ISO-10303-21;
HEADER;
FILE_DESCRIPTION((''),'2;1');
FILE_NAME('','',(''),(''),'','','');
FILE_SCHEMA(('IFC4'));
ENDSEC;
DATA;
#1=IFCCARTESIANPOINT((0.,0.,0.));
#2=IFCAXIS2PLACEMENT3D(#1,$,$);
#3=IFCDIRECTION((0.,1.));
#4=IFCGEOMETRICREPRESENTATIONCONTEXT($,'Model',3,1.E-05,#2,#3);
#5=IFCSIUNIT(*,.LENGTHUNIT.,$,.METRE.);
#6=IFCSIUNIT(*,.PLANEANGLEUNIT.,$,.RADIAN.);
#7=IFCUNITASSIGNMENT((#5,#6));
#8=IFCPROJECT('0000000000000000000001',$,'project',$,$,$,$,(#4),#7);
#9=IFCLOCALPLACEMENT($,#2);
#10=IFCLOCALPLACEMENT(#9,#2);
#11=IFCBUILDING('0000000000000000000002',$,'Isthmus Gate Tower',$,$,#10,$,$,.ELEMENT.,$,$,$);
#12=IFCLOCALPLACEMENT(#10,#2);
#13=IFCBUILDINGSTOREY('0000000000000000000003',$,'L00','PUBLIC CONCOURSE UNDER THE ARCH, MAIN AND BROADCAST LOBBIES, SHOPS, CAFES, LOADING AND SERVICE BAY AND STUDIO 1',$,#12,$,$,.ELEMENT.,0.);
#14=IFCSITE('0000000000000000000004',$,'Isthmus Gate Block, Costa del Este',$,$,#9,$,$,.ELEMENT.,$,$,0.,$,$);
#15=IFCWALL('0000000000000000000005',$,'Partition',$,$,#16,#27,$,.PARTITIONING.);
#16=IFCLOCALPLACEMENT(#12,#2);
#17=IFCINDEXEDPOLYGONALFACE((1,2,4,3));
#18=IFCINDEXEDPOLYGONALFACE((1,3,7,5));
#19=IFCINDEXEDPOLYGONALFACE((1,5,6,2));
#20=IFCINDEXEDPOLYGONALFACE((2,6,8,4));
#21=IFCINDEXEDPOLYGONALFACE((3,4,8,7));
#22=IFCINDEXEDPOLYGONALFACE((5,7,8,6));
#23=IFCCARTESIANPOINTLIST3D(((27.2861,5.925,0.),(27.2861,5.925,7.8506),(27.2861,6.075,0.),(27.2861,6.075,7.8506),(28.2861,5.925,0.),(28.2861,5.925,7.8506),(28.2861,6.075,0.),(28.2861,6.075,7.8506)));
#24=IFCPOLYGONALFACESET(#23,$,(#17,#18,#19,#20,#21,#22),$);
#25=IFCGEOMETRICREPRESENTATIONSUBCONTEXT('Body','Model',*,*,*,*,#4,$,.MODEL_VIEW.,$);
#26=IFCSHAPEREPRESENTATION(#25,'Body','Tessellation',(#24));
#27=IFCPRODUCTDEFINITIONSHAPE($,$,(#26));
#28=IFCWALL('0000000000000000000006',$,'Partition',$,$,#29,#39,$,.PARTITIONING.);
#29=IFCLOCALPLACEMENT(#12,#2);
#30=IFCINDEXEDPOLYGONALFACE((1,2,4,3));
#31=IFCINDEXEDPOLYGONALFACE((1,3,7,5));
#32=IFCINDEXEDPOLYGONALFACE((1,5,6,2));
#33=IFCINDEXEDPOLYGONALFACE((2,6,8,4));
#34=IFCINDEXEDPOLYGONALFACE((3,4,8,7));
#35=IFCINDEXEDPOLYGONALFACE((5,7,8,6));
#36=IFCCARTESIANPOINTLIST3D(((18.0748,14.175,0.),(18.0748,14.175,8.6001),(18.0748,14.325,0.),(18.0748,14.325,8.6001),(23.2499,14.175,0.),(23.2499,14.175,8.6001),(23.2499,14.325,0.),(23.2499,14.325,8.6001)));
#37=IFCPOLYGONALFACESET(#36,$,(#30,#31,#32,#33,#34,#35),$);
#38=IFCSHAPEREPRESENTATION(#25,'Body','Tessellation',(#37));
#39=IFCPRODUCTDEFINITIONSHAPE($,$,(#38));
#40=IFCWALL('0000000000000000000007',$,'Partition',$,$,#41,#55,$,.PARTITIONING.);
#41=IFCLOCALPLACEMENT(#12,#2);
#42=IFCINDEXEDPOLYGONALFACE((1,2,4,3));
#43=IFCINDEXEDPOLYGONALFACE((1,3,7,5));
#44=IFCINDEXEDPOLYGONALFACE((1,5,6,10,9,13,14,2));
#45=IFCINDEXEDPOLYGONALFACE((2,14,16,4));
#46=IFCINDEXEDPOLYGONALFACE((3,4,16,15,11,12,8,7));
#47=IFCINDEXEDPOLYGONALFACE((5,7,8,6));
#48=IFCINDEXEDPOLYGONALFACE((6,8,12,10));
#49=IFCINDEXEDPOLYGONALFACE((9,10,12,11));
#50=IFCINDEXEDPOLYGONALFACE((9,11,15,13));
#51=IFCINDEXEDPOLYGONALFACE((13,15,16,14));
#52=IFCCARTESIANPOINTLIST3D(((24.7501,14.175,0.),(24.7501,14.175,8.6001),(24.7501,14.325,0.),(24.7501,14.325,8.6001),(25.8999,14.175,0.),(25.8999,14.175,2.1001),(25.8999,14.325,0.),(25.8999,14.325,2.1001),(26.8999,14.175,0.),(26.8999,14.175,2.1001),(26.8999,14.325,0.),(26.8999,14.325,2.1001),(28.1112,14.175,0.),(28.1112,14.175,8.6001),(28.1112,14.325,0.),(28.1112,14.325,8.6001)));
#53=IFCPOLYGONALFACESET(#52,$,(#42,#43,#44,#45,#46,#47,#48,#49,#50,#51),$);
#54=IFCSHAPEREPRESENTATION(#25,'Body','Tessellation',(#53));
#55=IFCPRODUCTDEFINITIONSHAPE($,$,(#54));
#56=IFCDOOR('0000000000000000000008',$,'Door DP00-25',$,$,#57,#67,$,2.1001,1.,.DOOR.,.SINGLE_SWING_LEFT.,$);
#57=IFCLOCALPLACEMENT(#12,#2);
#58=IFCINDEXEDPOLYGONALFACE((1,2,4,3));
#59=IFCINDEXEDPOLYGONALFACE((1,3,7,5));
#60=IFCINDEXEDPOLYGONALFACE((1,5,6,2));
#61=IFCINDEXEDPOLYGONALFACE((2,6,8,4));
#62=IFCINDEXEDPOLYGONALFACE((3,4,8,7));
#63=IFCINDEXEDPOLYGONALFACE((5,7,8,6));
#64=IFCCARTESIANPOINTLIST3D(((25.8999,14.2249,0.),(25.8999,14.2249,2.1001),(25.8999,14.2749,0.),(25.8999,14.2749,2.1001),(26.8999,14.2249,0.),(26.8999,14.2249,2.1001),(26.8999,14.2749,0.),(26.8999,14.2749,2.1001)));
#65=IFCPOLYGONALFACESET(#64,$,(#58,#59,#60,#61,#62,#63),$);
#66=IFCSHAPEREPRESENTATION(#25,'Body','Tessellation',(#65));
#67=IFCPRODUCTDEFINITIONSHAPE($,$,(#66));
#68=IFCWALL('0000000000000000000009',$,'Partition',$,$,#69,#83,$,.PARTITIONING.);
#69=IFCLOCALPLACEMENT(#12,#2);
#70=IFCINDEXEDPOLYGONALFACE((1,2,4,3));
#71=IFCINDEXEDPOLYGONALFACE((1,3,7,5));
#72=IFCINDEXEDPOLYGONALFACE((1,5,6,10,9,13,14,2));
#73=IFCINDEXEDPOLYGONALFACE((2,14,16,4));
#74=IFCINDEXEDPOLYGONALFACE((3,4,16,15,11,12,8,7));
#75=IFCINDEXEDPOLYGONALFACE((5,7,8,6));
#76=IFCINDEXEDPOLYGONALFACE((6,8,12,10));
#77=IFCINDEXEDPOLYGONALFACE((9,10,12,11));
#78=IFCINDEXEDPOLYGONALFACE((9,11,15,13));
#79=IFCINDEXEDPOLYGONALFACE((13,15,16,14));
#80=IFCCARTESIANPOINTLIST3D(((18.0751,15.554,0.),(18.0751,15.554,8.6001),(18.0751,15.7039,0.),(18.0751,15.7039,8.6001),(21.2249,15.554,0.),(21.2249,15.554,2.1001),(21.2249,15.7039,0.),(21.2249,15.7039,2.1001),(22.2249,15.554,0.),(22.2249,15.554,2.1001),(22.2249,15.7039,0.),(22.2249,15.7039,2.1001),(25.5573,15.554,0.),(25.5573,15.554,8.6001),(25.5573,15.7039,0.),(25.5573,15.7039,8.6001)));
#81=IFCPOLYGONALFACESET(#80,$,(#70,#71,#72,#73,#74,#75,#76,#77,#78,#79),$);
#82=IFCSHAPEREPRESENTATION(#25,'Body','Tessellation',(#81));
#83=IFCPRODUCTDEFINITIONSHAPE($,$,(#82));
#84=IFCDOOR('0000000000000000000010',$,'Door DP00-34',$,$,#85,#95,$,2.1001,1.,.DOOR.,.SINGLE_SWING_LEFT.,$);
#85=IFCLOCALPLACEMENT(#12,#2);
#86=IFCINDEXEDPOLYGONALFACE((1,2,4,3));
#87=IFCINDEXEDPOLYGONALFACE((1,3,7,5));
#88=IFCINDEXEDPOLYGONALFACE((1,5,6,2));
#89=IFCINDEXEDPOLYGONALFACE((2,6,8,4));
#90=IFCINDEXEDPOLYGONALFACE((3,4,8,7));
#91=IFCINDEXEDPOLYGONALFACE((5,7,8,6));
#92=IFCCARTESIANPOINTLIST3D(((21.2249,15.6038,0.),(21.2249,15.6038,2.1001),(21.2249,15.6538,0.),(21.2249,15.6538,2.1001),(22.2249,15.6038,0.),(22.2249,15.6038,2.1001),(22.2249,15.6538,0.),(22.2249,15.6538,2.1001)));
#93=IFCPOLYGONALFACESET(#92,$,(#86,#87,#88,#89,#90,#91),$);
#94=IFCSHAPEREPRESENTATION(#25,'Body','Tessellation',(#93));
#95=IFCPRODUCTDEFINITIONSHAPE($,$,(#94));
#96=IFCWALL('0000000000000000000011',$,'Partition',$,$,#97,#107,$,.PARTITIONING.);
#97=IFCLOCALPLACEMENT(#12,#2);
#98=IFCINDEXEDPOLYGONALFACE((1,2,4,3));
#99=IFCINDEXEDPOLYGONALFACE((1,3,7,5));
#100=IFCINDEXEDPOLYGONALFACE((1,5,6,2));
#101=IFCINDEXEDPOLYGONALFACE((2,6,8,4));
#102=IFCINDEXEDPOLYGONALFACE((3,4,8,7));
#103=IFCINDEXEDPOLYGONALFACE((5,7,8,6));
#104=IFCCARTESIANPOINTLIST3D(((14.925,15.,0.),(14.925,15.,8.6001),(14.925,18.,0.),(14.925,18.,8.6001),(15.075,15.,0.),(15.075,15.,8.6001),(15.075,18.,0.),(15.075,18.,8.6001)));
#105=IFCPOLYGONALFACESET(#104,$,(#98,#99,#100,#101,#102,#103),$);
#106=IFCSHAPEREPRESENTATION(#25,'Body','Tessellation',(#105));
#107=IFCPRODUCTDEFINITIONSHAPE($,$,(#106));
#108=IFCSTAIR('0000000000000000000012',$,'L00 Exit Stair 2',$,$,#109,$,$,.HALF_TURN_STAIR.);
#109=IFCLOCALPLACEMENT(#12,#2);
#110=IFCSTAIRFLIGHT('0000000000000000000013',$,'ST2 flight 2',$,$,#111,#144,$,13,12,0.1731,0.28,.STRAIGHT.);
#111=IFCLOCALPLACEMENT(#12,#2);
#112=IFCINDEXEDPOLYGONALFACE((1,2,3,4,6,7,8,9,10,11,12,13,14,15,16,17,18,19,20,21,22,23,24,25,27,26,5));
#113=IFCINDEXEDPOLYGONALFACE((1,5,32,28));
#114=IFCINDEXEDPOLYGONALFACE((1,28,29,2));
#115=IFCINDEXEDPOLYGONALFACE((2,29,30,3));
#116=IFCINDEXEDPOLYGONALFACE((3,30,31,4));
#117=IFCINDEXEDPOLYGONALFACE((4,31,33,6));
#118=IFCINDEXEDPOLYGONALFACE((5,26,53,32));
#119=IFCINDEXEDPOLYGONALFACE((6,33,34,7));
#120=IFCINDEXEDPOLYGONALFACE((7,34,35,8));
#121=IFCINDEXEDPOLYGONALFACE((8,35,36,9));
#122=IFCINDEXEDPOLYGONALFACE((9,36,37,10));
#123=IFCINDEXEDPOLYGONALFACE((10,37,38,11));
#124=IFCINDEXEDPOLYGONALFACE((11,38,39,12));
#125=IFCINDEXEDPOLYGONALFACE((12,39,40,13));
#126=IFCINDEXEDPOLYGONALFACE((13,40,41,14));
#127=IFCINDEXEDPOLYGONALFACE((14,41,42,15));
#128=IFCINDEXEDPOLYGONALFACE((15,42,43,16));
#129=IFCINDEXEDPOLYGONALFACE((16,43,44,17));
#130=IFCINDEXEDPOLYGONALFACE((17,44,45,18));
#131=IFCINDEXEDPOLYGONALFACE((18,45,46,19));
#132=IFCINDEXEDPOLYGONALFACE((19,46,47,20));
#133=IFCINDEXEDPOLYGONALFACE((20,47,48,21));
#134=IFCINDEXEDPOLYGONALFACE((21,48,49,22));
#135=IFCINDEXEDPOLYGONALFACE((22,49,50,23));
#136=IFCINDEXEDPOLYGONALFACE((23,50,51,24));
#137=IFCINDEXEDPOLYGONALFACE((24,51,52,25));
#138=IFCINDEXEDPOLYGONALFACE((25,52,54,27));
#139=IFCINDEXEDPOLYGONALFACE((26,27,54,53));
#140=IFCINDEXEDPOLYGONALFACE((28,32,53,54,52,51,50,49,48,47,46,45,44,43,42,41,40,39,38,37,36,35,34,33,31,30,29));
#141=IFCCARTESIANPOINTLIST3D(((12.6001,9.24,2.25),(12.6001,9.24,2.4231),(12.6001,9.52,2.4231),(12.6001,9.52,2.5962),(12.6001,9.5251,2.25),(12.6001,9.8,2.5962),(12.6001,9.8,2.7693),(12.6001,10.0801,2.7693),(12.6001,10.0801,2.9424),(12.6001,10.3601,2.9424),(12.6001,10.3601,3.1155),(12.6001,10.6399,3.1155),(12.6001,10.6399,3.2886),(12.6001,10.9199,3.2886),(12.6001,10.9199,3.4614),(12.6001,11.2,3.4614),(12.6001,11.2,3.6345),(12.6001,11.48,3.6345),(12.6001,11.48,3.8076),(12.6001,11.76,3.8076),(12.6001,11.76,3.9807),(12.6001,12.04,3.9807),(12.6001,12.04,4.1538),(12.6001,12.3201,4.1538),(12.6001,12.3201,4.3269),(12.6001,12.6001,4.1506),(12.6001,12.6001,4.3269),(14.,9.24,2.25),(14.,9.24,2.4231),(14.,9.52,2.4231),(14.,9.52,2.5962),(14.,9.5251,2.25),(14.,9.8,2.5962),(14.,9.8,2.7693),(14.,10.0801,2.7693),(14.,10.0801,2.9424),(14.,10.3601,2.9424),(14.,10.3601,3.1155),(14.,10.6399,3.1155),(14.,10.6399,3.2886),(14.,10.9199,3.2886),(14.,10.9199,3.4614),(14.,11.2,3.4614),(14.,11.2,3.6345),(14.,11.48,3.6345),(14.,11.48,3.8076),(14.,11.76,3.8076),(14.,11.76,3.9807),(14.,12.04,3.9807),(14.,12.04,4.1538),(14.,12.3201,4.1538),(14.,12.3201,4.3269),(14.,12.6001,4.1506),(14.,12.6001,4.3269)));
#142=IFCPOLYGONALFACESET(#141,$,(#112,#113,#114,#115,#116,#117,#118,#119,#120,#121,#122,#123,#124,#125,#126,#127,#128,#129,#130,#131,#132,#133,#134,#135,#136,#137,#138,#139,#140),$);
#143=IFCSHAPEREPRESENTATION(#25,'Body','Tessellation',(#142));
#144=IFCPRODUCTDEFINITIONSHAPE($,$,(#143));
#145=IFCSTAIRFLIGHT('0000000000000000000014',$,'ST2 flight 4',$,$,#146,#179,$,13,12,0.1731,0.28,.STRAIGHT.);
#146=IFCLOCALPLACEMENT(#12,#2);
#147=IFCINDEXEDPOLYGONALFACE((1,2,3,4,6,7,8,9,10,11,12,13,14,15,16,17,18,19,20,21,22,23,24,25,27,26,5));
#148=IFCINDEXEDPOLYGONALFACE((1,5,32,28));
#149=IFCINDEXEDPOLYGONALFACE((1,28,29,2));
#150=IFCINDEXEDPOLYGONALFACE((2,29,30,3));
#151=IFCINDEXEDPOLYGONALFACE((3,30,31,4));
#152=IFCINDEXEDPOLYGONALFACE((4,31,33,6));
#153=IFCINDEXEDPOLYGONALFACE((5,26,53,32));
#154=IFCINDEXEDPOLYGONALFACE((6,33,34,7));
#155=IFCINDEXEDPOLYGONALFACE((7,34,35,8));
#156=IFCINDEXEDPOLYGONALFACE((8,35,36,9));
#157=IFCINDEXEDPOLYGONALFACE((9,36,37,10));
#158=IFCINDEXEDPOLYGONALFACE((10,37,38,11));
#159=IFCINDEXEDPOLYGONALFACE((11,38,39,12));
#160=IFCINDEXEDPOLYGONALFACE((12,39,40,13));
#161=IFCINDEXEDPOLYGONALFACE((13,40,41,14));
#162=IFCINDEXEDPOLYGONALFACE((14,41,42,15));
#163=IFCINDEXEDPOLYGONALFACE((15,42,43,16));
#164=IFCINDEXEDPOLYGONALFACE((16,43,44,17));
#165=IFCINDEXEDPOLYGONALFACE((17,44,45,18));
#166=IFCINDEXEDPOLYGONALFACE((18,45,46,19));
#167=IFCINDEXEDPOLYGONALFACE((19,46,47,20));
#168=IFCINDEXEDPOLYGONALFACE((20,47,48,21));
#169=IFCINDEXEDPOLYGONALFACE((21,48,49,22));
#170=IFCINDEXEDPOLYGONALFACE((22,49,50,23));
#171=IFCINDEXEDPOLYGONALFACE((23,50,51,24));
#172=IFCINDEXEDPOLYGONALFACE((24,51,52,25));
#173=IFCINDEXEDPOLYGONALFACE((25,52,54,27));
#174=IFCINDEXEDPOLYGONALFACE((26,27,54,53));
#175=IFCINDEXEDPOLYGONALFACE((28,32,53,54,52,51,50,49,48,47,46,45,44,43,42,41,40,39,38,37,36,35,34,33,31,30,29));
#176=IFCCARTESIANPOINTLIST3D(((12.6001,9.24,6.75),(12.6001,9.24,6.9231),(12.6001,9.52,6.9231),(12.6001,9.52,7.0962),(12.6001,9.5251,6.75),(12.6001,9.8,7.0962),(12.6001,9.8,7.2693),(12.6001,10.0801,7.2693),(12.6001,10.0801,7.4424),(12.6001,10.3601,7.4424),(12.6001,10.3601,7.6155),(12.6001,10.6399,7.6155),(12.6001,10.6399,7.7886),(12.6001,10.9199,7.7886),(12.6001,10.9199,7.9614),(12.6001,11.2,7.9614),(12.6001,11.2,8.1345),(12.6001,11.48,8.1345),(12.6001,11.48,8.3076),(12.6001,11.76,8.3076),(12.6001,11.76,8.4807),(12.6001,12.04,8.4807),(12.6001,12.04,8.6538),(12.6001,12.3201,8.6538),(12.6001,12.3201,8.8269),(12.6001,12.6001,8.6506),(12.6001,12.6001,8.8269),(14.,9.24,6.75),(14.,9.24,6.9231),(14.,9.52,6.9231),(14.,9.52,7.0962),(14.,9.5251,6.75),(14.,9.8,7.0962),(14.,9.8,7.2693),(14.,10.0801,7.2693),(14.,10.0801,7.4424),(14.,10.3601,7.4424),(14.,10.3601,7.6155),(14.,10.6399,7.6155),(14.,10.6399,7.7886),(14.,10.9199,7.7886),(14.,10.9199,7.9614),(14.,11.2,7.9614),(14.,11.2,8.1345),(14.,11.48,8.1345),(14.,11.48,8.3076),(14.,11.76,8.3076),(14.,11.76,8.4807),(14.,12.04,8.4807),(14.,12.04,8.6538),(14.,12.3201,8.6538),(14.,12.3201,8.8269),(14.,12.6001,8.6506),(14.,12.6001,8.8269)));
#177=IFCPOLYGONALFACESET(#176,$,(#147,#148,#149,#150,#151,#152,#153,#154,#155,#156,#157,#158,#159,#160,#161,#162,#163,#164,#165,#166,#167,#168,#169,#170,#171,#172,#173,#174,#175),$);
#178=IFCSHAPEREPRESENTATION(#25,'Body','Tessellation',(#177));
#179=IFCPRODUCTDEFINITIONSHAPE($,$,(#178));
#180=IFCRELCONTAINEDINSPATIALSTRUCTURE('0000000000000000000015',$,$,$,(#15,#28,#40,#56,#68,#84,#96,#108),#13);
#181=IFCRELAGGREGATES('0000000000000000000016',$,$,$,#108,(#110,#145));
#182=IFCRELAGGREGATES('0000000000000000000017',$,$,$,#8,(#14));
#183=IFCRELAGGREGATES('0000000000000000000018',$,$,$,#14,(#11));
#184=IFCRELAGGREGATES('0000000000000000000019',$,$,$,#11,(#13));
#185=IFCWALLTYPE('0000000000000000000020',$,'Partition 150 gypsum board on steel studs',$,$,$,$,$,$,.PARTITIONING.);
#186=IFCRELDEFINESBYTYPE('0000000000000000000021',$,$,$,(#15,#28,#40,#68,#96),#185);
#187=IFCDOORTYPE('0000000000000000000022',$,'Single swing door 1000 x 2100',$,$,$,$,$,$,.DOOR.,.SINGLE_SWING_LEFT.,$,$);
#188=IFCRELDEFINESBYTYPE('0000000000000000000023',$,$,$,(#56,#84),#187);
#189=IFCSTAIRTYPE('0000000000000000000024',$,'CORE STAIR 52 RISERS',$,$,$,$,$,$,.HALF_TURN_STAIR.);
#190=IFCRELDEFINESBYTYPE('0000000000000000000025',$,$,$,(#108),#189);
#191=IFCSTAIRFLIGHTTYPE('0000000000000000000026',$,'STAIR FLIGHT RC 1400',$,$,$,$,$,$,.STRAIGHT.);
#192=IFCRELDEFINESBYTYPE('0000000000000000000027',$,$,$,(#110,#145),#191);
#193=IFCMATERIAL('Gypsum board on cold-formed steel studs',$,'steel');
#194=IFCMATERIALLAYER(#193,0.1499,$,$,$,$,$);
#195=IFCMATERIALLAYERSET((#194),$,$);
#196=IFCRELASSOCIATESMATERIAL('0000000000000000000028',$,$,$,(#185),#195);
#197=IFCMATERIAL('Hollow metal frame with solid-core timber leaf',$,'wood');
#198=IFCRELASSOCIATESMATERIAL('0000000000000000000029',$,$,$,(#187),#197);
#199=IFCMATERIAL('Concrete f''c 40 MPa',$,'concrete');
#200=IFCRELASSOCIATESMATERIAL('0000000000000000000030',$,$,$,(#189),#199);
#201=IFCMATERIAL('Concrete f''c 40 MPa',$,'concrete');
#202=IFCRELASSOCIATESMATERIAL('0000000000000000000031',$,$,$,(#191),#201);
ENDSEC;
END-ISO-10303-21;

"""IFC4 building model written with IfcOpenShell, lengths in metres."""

from ifc_helpers import new_model, si_unit, direction, frame, frame_2d, origin, place, context, subcontext, project, spatial, polyline, rectangle, outline, extrude, material, layer, layer_set, type_object, element, fill, aggregate, save


model = new_model("IFC4")

# Units and contexts
model_context = context("Model", 3, precision=1e-05, world=origin(), true_north=direction((0.0, 1.0)))
body_context = subcontext(model_context, "Body", "Model", "MODEL_VIEW")
ifc_project = project(units=[si_unit("LENGTHUNIT", "METRE"), si_unit("PLANEANGLEUNIT", "RADIAN")], contexts=[model_context])

# Site, building, storey
site_placement = place(None, origin())
site = spatial("IfcSite", under=ifc_project, at=site_placement, Name="Isthmus Gate Block, Costa del Este", CompositionType="ELEMENT", RefElevation=0.0)
building_placement = place(site_placement, origin())
building = spatial("IfcBuilding", under=site, at=building_placement, Name="Isthmus Gate Tower", CompositionType="ELEMENT")
storey_placement = place(building_placement, origin())
storey = spatial("IfcBuildingStorey", under=building, at=storey_placement, Name="L00", Description="PUBLIC CONCOURSE UNDER THE ARCH, MAIN AND BROADCAST LOBBIES, SHOPS, CAFES, LOADING AND SERVICE BAY AND STUDIO 1", CompositionType="ELEMENT", Elevation=0.0)

# Walls
ifc_material_1 = material(Name="Gypsum board on cold-formed steel studs", Category="steel")
ifc_layer_1 = layer(ifc_material_1, 0.1499)
ifc_layer_set_1 = layer_set([ifc_layer_1])
wall_type_1 = type_object("IfcWallType", Name="Partition 150 gypsum board on steel studs", PredefinedType="PARTITIONING", material=ifc_layer_set_1)
wall_1_placement = place(storey_placement, frame((27.2861, 6.0, 0.0), z_axis=(0.0, 0.0, 1.0), x_axis=(1.0, 0.0, 0.0)))
element("IfcWall", 1, at=wall_1_placement, inside=storey, type_object=wall_type_1, Name="Partition", PredefinedType="PARTITIONING", context=body_context, shape_type="SweptSolid", body=[
    extrude(rectangle(XDim=1.0, YDim=0.1499, at=frame_2d((0.5, 0.0))), origin(), (0.0, 0.0, 1.0), 7.8506),
])
wall_2_placement = place(storey_placement, frame((18.075, 14.25, 0.0), z_axis=(0.0, 0.0, 1.0), x_axis=(1.0, 0.0, 0.0)))
element("IfcWall", 2, at=wall_2_placement, inside=storey, type_object=wall_type_1, Name="Partition", PredefinedType="PARTITIONING", context=body_context, shape_type="SweptSolid", body=[
    extrude(rectangle(XDim=5.175, YDim=0.1499, at=frame_2d((2.5874, 0.0))), origin(), (0.0, 0.0, 1.0), 8.6001),
])

# Walls, openings, doors
wall_3_placement = place(storey_placement, frame((24.75, 14.25, 0.0), z_axis=(0.0, 0.0, 1.0), x_axis=(1.0, 0.0, 0.0)))
wall_3 = element("IfcWall", 3, at=wall_3_placement, inside=storey, type_object=wall_type_1, Name="Partition", PredefinedType="PARTITIONING", context=body_context, shape_type="SweptSolid", body=[
    extrude(rectangle(XDim=3.3611, YDim=0.1499, at=frame_2d((1.6807, 0.0))), origin(), (0.0, 0.0, 1.0), 8.6001),
])
opening_1_placement = place(wall_3_placement, frame((1.1499, 0.0, 0.0)))
opening_1 = element("IfcOpeningElement", 4, at=opening_1_placement, cuts=wall_3, PredefinedType="OPENING", context=body_context, shape_type="SweptSolid", body=[
    extrude(rectangle(XDim=1.0, YDim=2.1001, at=frame_2d((0.5, 1.05))), frame((0.0, 0.085, 0.0), z_axis=(0.0, -1.0, 0.0), x_axis=(1.0, 0.0, 0.0)), (0.0, 0.0, 1.0), 0.1699),
])
ifc_material_2 = material(Name="Hollow metal frame with solid-core timber leaf", Category="wood")
door_type = type_object("IfcDoorType", Name="Single swing door 1000 x 2100", OperationType="SINGLE_SWING_LEFT", PredefinedType="DOOR", material=ifc_material_2)
door_1_placement = place(opening_1_placement, origin())
door_1 = element("IfcDoor", 5, at=door_1_placement, inside=storey, type_object=door_type, Name="Door DP00-25", OperationType="SINGLE_SWING_LEFT", OverallHeight=2.1001, OverallWidth=1.0, PredefinedType="DOOR", context=body_context, shape_type="SweptSolid", body=[
    extrude(rectangle(XDim=1.0, YDim=2.1001, at=frame_2d((0.5, 1.05))), frame((0.0, 0.0249, 0.0), z_axis=(0.0, -1.0, 0.0), x_axis=(1.0, 0.0, 0.0)), (0.0, 0.0, 1.0), 0.05),
])
fill(opening_1, door_1)
wall_4_placement = place(storey_placement, frame((18.075, 15.6289, 0.0), z_axis=(0.0, 0.0, 1.0), x_axis=(1.0, 0.0, 0.0)))
wall_4 = element("IfcWall", 6, at=wall_4_placement, inside=storey, type_object=wall_type_1, Name="Partition", PredefinedType="PARTITIONING", context=body_context, shape_type="SweptSolid", body=[
    extrude(rectangle(XDim=7.4822, YDim=0.1499, at=frame_2d((3.7412, 0.0))), origin(), (0.0, 0.0, 1.0), 8.6001),
])
opening_2_placement = place(wall_4_placement, frame((3.1499, 0.0, 0.0)))
opening_2 = element("IfcOpeningElement", 7, at=opening_2_placement, cuts=wall_4, PredefinedType="OPENING", context=body_context, shape_type="SweptSolid", body=[
    extrude(rectangle(XDim=1.0, YDim=2.1001, at=frame_2d((0.5, 1.05))), frame((0.0, 0.085, 0.0), z_axis=(0.0, -1.0, 0.0), x_axis=(1.0, 0.0, 0.0)), (0.0, 0.0, 1.0), 0.1699),
])
door_2_placement = place(opening_2_placement, origin())
door_2 = element("IfcDoor", 8, at=door_2_placement, inside=storey, type_object=door_type, Name="Door DP00-34", OperationType="SINGLE_SWING_LEFT", OverallHeight=2.1001, OverallWidth=1.0, PredefinedType="DOOR", context=body_context, shape_type="SweptSolid", body=[
    extrude(rectangle(XDim=1.0, YDim=2.1001, at=frame_2d((0.5, 1.05))), frame((0.0, 0.0249, 0.0), z_axis=(0.0, -1.0, 0.0), x_axis=(1.0, 0.0, 0.0)), (0.0, 0.0, 1.0), 0.05),
])
fill(opening_2, door_2)

# Wall
wall_5_placement = place(storey_placement, frame((15.0, 15.0, 0.0), z_axis=(0.0, 0.0, 1.0), x_axis=(0.0, 1.0, 0.0)))
element("IfcWall", 9, at=wall_5_placement, inside=storey, type_object=wall_type_1, Name="Partition", PredefinedType="PARTITIONING", context=body_context, shape_type="SweptSolid", body=[
    extrude(rectangle(XDim=3.0, YDim=0.1499, at=frame_2d((1.5, 0.0))), origin(), (0.0, 0.0, 1.0), 8.6001),
])

# Stair, stair flights
ifc_material_3 = material(Name="Concrete f'c 40 MPa", Category="concrete")
stair_type = type_object("IfcStairType", Name="CORE STAIR 52 RISERS", PredefinedType="HALF_TURN_STAIR", material=ifc_material_3)
stair_placement = place(storey_placement, origin())
stair = element("IfcStair", 10, at=stair_placement, inside=storey, type_object=stair_type, Name="L00 Exit Stair 2", PredefinedType="HALF_TURN_STAIR")
ifc_material_4 = material(Name="Concrete f'c 40 MPa", Category="concrete")
stair_flight_type = type_object("IfcStairFlightType", Name="STAIR FLIGHT RC 1400", PredefinedType="STRAIGHT", material=ifc_material_4)
stair_flight_1_placement = place(storey_placement, frame((13.3, 9.24, 2.25), z_axis=(0.0, 0.0, 1.0), x_axis=(0.0, 1.0, 0.0)))
stair_flight_1 = element("IfcStairFlight", 11, at=stair_flight_1_placement, type_object=stair_flight_type, Name="ST2 flight 2", NumberOfRisers=13, NumberOfTreads=12, PredefinedType="STRAIGHT", RiserHeight=0.1731, TreadLength=0.28, context=body_context, shape_type="SweptSolid", body=[
    extrude(outline(polyline([(0.0, 0.0), (0.0, 0.1731), (0.28, 0.1731), (0.28, 0.3462), (0.5601, 0.3462), (0.5601, 0.5193), (0.8401, 0.5193), (0.8401, 0.6924), (1.1201, 0.6924), (1.1201, 0.8655), (1.3999, 0.8655), (1.3999, 1.0386), (1.6799, 1.0386), (1.6799, 1.2114), (1.96, 1.2114), (1.96, 1.3845), (2.24, 1.3845), (2.24, 1.5576), (2.52, 1.5576), (2.52, 1.7307), (2.8, 1.7307), (2.8, 1.9038), (3.0801, 1.9038), (3.0801, 2.0769), (3.3601, 2.0769), (3.3601, 2.25), (3.3601, 1.9006), (0.2852, 0.0), (0.0, 0.0)])), frame((0.0, 0.7, 0.0), z_axis=(0.0, -1.0, 0.0), x_axis=(1.0, 0.0, 0.0)), (0.0, 0.0, 1.0), 1.3999),
])
stair_flight_2_placement = place(storey_placement, frame((13.3, 9.24, 6.75), z_axis=(0.0, 0.0, 1.0), x_axis=(0.0, 1.0, 0.0)))
stair_flight_2 = element("IfcStairFlight", 12, at=stair_flight_2_placement, type_object=stair_flight_type, Name="ST2 flight 4", NumberOfRisers=13, NumberOfTreads=12, PredefinedType="STRAIGHT", RiserHeight=0.1731, TreadLength=0.28, context=body_context, shape_type="SweptSolid", body=[
    extrude(outline(polyline([(0.0, 0.0), (0.0, 0.1731), (0.28, 0.1731), (0.28, 0.3462), (0.5601, 0.3462), (0.5601, 0.5193), (0.8401, 0.5193), (0.8401, 0.6924), (1.1201, 0.6924), (1.1201, 0.8655), (1.3999, 0.8655), (1.3999, 1.0386), (1.6799, 1.0386), (1.6799, 1.2114), (1.96, 1.2114), (1.96, 1.3845), (2.24, 1.3845), (2.24, 1.5576), (2.52, 1.5576), (2.52, 1.7307), (2.8, 1.7307), (2.8, 1.9038), (3.0801, 1.9038), (3.0801, 2.0769), (3.3601, 2.0769), (3.3601, 2.25), (3.3601, 1.9006), (0.2852, 0.0), (0.0, 0.0)])), frame((0.0, 0.7, 0.0), z_axis=(0.0, -1.0, 0.0), x_axis=(1.0, 0.0, 0.0)), (0.0, 0.0, 1.0), 1.3999),
])
aggregate(stair, [stair_flight_1, stair_flight_2])

save(model, "model.ifc")
